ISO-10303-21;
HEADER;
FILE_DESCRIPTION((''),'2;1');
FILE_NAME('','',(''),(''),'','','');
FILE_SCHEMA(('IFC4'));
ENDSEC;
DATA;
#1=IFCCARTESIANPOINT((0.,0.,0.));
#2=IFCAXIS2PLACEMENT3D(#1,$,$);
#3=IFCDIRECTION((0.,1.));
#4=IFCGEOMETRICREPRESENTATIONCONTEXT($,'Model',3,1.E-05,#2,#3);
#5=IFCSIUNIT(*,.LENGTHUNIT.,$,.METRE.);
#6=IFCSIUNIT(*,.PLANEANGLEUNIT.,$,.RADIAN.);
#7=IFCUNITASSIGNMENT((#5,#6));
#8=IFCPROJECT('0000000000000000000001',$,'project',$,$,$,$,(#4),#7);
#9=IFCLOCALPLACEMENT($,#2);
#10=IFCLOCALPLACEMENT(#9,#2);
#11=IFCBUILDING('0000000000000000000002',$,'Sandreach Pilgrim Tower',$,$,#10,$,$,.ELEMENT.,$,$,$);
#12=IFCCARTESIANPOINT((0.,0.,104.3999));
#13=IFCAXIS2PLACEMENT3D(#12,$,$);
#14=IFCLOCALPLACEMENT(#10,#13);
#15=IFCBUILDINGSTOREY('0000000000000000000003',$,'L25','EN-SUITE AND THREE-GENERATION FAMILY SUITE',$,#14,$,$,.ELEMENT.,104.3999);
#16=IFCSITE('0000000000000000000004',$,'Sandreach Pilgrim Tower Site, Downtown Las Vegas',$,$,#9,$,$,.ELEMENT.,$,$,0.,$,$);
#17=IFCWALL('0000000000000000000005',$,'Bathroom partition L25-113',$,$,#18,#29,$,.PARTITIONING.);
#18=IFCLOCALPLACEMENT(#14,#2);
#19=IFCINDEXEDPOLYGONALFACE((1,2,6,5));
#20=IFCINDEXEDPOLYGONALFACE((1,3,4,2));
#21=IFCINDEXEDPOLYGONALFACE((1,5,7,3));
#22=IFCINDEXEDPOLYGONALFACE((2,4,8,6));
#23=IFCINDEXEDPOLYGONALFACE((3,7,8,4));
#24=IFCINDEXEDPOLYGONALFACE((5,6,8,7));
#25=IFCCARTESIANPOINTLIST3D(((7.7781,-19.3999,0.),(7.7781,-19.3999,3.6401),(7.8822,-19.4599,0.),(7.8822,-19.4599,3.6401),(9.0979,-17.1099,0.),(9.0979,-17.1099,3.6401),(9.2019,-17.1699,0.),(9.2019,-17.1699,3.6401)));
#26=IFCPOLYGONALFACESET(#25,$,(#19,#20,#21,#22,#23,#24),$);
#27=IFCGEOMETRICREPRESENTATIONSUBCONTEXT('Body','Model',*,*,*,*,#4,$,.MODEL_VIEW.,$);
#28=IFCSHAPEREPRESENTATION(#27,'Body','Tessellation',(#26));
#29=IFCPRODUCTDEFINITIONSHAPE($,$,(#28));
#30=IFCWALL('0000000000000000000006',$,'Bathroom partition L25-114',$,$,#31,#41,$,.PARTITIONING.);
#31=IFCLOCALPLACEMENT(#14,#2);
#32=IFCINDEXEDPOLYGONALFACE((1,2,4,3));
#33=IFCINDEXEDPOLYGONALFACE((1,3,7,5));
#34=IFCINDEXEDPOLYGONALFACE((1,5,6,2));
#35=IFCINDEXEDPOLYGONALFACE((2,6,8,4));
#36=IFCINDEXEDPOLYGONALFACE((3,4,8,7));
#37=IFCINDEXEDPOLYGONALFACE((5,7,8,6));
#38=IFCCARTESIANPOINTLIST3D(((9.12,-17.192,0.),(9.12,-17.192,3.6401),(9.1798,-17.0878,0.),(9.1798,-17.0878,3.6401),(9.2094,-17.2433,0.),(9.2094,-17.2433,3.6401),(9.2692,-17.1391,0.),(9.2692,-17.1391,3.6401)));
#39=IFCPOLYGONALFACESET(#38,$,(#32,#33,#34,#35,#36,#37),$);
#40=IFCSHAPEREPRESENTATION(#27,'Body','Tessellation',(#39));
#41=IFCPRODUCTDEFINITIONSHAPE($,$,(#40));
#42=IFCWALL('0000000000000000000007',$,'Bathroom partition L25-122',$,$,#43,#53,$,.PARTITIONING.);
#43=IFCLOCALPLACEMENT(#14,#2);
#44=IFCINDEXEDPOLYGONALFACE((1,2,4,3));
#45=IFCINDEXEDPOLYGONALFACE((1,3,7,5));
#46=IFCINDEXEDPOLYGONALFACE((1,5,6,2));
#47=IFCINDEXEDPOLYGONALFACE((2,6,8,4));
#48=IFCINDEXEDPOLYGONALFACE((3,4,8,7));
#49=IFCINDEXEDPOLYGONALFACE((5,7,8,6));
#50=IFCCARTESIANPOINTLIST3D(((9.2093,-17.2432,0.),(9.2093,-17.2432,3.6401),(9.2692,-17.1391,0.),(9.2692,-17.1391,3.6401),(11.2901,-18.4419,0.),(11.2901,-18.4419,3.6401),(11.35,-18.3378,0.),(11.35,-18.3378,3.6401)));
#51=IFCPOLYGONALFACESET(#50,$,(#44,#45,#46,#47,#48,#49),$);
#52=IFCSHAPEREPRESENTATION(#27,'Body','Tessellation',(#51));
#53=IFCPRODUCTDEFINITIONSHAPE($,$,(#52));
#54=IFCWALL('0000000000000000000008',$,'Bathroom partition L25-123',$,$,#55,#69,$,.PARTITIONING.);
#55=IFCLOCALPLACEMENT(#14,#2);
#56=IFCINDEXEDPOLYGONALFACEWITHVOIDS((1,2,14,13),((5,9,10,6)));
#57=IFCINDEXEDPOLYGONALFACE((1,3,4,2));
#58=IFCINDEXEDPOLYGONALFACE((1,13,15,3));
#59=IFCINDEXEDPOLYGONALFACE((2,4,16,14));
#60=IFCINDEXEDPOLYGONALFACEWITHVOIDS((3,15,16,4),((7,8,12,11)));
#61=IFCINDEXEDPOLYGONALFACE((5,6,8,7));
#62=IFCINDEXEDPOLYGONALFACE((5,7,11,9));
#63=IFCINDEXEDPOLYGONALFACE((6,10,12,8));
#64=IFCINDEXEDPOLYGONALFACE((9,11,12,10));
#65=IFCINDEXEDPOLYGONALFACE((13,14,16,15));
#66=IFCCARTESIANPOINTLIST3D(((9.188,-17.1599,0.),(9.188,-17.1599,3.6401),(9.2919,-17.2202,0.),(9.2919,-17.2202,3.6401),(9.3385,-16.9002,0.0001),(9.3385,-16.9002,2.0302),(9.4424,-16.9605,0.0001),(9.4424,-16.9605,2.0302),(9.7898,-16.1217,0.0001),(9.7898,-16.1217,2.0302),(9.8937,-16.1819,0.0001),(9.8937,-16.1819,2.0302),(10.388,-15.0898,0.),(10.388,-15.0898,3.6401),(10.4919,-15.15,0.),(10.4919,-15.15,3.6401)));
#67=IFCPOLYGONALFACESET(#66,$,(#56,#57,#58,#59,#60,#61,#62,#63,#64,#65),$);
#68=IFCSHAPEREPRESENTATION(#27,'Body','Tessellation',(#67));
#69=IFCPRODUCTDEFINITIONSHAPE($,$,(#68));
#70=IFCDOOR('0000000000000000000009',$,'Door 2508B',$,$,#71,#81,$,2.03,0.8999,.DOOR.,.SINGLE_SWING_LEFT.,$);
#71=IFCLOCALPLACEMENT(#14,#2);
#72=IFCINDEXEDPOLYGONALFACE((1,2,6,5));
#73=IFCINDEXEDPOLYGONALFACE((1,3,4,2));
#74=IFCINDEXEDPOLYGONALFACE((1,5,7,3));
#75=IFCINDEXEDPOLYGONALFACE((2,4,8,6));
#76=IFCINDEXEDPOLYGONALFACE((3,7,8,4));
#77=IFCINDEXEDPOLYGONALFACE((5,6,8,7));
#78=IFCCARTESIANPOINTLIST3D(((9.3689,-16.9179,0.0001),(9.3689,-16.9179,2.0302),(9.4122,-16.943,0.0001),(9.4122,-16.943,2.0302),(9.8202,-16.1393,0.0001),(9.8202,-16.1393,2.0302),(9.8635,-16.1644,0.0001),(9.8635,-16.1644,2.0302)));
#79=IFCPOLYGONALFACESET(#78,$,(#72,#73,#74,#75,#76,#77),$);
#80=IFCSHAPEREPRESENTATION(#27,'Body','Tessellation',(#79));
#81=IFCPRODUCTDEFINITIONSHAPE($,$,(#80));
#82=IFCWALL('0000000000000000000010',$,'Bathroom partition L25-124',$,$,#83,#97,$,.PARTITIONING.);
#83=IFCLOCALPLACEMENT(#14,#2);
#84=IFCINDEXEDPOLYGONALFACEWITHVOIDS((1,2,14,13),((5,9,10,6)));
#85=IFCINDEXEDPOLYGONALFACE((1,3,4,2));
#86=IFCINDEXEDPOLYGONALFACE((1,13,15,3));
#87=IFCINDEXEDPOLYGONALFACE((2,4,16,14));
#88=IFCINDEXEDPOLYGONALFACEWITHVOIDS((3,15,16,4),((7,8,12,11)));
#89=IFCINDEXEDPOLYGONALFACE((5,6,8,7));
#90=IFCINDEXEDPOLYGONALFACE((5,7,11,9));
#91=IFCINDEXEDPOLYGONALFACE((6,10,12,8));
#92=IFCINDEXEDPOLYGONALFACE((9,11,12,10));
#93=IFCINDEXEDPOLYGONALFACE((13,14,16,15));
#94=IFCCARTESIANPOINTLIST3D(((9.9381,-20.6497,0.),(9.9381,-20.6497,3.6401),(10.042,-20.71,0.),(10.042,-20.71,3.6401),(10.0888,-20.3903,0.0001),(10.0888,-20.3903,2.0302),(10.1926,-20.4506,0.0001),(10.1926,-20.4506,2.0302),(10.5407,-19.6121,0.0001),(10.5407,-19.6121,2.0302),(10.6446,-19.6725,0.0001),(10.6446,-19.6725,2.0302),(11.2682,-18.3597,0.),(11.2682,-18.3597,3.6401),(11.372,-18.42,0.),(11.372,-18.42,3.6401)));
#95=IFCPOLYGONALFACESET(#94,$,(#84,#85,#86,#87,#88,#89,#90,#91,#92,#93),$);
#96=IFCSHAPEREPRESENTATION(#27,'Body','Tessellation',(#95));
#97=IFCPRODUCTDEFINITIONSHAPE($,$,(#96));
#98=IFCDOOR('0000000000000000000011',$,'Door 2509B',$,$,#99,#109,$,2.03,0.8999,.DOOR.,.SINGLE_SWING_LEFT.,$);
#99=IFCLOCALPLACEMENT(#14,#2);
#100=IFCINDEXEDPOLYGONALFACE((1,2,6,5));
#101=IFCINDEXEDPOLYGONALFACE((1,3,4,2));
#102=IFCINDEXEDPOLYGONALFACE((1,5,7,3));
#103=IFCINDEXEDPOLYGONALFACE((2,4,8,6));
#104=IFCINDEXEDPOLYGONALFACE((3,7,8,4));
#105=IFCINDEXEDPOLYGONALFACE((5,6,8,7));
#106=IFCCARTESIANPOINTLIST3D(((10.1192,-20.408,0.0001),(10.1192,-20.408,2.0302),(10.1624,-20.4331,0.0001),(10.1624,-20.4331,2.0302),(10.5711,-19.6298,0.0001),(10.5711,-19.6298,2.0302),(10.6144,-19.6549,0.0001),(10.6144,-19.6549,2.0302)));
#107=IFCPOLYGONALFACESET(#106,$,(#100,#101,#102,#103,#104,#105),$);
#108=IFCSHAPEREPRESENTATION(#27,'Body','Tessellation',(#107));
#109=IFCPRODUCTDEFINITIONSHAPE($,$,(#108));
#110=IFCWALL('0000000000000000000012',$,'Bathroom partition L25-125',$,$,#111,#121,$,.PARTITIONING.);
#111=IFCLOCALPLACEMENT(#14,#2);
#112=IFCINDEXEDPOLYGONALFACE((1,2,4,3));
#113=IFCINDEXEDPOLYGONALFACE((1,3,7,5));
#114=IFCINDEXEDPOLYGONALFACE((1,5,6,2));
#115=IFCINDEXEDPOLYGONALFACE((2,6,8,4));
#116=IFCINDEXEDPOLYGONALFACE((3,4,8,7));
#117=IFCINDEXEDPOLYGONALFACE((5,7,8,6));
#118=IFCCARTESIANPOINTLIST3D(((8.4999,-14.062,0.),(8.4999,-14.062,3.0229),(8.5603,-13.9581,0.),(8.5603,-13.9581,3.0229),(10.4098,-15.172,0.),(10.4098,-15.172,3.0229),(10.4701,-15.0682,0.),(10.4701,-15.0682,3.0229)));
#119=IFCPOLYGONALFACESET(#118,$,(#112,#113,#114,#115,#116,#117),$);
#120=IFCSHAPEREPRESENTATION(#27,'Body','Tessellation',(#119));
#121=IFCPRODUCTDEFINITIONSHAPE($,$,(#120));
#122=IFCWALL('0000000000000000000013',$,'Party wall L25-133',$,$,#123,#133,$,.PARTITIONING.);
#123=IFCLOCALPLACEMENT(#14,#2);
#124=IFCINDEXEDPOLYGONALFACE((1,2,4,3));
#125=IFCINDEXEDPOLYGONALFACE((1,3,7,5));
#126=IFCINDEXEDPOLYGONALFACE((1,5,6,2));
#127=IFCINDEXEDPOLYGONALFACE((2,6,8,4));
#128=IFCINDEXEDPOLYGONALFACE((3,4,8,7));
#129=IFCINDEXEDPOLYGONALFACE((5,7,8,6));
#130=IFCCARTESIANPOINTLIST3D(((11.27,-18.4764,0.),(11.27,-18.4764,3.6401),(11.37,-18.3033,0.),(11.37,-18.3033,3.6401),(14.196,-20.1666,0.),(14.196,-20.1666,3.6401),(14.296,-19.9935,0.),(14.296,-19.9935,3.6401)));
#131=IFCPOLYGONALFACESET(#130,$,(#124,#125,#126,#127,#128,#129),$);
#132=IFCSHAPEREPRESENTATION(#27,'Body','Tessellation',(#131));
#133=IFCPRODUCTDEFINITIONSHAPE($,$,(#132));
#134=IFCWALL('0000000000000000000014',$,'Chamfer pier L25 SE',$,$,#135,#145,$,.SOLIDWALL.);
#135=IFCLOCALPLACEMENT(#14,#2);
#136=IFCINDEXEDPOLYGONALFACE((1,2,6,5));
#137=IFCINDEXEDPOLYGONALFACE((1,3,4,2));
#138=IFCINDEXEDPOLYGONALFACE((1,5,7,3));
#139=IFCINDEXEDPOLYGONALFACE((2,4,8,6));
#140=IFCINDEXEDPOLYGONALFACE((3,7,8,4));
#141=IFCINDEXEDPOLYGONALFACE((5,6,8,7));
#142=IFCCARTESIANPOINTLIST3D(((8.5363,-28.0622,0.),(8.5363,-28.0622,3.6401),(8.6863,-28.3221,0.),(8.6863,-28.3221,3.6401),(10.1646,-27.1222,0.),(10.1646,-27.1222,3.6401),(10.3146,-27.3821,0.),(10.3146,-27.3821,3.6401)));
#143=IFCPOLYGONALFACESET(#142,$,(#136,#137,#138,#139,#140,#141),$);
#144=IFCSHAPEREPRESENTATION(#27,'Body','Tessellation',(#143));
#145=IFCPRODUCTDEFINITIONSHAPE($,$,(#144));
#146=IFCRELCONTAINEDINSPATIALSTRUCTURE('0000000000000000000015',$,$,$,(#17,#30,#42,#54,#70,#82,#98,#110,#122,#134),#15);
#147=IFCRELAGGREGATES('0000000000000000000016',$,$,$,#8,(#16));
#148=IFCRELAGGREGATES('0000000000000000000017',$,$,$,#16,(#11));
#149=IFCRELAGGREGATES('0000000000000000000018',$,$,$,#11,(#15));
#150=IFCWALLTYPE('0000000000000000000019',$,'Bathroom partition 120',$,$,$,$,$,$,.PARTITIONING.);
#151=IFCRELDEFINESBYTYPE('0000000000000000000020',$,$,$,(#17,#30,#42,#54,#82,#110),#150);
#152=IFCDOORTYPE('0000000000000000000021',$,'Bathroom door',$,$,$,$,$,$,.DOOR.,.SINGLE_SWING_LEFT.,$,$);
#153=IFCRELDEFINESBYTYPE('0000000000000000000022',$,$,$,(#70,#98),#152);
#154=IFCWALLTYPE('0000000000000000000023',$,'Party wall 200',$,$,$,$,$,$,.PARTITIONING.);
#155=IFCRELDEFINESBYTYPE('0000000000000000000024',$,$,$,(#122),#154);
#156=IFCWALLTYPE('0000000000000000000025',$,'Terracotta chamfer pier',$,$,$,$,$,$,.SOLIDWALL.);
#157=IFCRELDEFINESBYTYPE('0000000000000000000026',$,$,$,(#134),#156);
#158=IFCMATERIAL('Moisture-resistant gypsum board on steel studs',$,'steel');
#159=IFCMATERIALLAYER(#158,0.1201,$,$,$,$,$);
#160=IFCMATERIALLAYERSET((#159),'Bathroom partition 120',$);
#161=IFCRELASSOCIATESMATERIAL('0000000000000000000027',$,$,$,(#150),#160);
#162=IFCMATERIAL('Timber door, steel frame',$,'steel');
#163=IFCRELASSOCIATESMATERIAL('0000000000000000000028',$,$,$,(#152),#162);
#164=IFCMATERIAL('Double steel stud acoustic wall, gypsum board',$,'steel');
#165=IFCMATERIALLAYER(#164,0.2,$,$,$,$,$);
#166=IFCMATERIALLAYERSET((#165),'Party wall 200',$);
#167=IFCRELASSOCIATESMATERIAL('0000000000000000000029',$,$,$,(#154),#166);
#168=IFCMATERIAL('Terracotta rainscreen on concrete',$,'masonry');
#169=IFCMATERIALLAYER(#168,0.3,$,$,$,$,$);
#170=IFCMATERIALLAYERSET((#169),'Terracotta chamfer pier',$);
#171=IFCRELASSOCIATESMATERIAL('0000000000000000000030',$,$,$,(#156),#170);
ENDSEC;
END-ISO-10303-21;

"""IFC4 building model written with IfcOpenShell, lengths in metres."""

from ifc_helpers import new_model, si_unit, direction, frame, frame_2d, origin, place, context, subcontext, project, spatial, rectangle, extrude, material, layer, layer_set, type_object, element, fill, save


model = new_model("IFC4")

# Units and contexts
model_context = context("Model", 3, precision=1e-05, world=origin(), true_north=direction((0.0, 1.0)))
body_context = subcontext(model_context, "Body", "Model", "MODEL_VIEW")
ifc_project = project(units=[si_unit("LENGTHUNIT", "METRE"), si_unit("PLANEANGLEUNIT", "RADIAN")], contexts=[model_context])

# Site, building, storey
site_placement = place(None, origin())
site = spatial("IfcSite", under=ifc_project, at=site_placement, Name="Sandreach Pilgrim Tower Site, Downtown Las Vegas", CompositionType="ELEMENT", RefElevation=0.0)
building_placement = place(site_placement, origin())
building = spatial("IfcBuilding", under=site, at=building_placement, Name="Sandreach Pilgrim Tower", CompositionType="ELEMENT")
storey_placement = place(building_placement, frame((0.0, 0.0, 104.3999)))
storey = spatial("IfcBuildingStorey", under=building, at=storey_placement, Name="L25", Description="EN-SUITE AND THREE-GENERATION FAMILY SUITE", CompositionType="ELEMENT", Elevation=104.3999)

# Walls
ifc_material_1 = material(Name="Moisture-resistant gypsum board on steel studs", Category="steel")
ifc_layer_1 = layer(ifc_material_1, 0.1201)
ifc_layer_set_1 = layer_set([ifc_layer_1], Name="Bathroom partition 120")
wall_type_1 = type_object("IfcWallType", Name="Bathroom partition 120", PredefinedType="PARTITIONING", material=ifc_layer_set_1)
wall_1_placement = place(storey_placement, frame((9.1499, -17.1399, 0.0), z_axis=(0.0, 0.0, 1.0), x_axis=(-0.499339, -0.866407, 0.0)))
element("IfcWall", 1, at=wall_1_placement, inside=storey, type_object=wall_type_1, Name="Bathroom partition L25-113", PredefinedType="PARTITIONING", context=body_context, shape_type="SweptSolid", body=[
    extrude(rectangle(XDim=2.6431, YDim=0.1201, at=frame_2d((1.3215, 0.0))), origin(), (0.0, 0.0, 1.0), 3.6401),
])
wall_2_placement = place(storey_placement, frame((9.1499, -17.1399, 0.0), z_axis=(0.0, 0.0, 1.0), x_axis=(0.867367, -0.497669, 0.0)))
element("IfcWall", 2, at=wall_2_placement, inside=storey, type_object=wall_type_1, Name="Bathroom partition L25-114", PredefinedType="PARTITIONING", context=body_context, shape_type="SweptSolid", body=[
    extrude(rectangle(XDim=0.103, YDim=0.1201, at=frame_2d((0.0515, 0.0))), origin(), (0.0, 0.0, 1.0), 3.6401),
])
wall_3_placement = place(storey_placement, frame((9.2393, -17.1912, 0.0), z_axis=(0.0, 0.0, 1.0), x_axis=(0.866499, -0.49918, 0.0)))
element("IfcWall", 3, at=wall_3_placement, inside=storey, type_object=wall_type_1, Name="Bathroom partition L25-122", PredefinedType="PARTITIONING", context=body_context, shape_type="SweptSolid", body=[
    extrude(rectangle(XDim=2.4014, YDim=0.1201, at=frame_2d((1.2007, 0.0))), origin(), (0.0, 0.0, 1.0), 3.6401),
])

# Walls, openings, doors
wall_4_placement = place(storey_placement, frame((9.24, -17.1899, 0.0), z_axis=(0.0, 0.0, 1.0), x_axis=(0.501503, 0.865156, 0.0)))
wall_4 = element("IfcWall", 4, at=wall_4_placement, inside=storey, type_object=wall_type_1, Name="Bathroom partition L25-123", PredefinedType="PARTITIONING", context=body_context, shape_type="SweptSolid", body=[
    extrude(rectangle(XDim=2.3928, YDim=0.1201, at=frame_2d((1.1963, 0.0))), origin(), (0.0, 0.0, 1.0), 3.6401),
])
opening_1_placement = place(wall_4_placement, frame((0.3, 0.0, 0.0)))
opening_1 = element("IfcOpeningElement", 5, at=opening_1_placement, cuts=wall_4, PredefinedType="OPENING", context=body_context, shape_type="SweptSolid", body=[
    extrude(rectangle(XDim=0.8999, YDim=2.03, at=frame_2d((0.45, 1.0151))), frame((0.0, 0.0601, 0.0), z_axis=(0.0, -1.0, 0.0), x_axis=(1.0, 0.0, 0.0)), (0.0, 0.0, 1.0), 0.1201),
])
ifc_material_2 = material(Name="Timber door, steel frame", Category="steel")
door_type = type_object("IfcDoorType", Name="Bathroom door", OperationType="SINGLE_SWING_LEFT", PredefinedType="DOOR", material=ifc_material_2)
door_1_placement = place(opening_1_placement, origin())
door_1 = element("IfcDoor", 6, at=door_1_placement, inside=storey, type_object=door_type, Name="Door 2508B", OperationType="SINGLE_SWING_LEFT", OverallHeight=2.03, OverallWidth=0.8999, PredefinedType="DOOR", context=body_context, shape_type="SweptSolid", body=[
    extrude(rectangle(XDim=0.8999, YDim=2.03, at=frame_2d((0.45, 1.0151))), frame((0.0, 0.0249, 0.0), z_axis=(0.0, -1.0, 0.0), x_axis=(1.0, 0.0, 0.0)), (0.0, 0.0, 1.0), 0.05),
])
fill(opening_1, door_1)
wall_5_placement = place(storey_placement, frame((9.99, -20.6799, 0.0), z_axis=(0.0, 0.0, 1.0), x_axis=(0.502242, 0.864727, 0.0)))
wall_5 = element("IfcWall", 7, at=wall_5_placement, inside=storey, type_object=wall_type_1, Name="Bathroom partition L25-124", PredefinedType="PARTITIONING", context=body_context, shape_type="SweptSolid", body=[
    extrude(rectangle(XDim=2.6482, YDim=0.1201, at=frame_2d((1.3242, 0.0))), origin(), (0.0, 0.0, 1.0), 3.6401),
])
opening_2_placement = place(wall_5_placement, frame((0.3, 0.0, 0.0)))
opening_2 = element("IfcOpeningElement", 8, at=opening_2_placement, cuts=wall_5, PredefinedType="OPENING", context=body_context, shape_type="SweptSolid", body=[
    extrude(rectangle(XDim=0.8999, YDim=2.03, at=frame_2d((0.45, 1.0151))), frame((0.0, 0.0601, 0.0), z_axis=(0.0, -1.0, 0.0), x_axis=(1.0, 0.0, 0.0)), (0.0, 0.0, 1.0), 0.1201),
])
door_2_placement = place(opening_2_placement, origin())
door_2 = element("IfcDoor", 9, at=door_2_placement, inside=storey, type_object=door_type, Name="Door 2509B", OperationType="SINGLE_SWING_LEFT", OverallHeight=2.03, OverallWidth=0.8999, PredefinedType="DOOR", context=body_context, shape_type="SweptSolid", body=[
    extrude(rectangle(XDim=0.8999, YDim=2.03, at=frame_2d((0.45, 1.0151))), frame((0.0, 0.0249, 0.0), z_axis=(0.0, -1.0, 0.0), x_axis=(1.0, 0.0, 0.0)), (0.0, 0.0, 1.0), 0.05),
])
fill(opening_2, door_2)

# Walls
wall_6_placement = place(storey_placement, frame((10.4399, -15.1201, 0.0), z_axis=(0.0, 0.0, 1.0), x_axis=(-0.864567, 0.502517, 0.0)))
element("IfcWall", 10, at=wall_6_placement, inside=storey, type_object=wall_type_1, Name="Bathroom partition L25-125", PredefinedType="PARTITIONING", context=body_context, shape_type="SweptSolid", body=[
    extrude(rectangle(XDim=2.209, YDim=0.1201, at=frame_2d((1.1045, 0.0))), origin(), (0.0, 0.0, 1.0), 3.0229),
])
ifc_material_3 = material(Name="Double steel stud acoustic wall, gypsum board", Category="steel")
ifc_layer_2 = layer(ifc_material_3, 0.2)
ifc_layer_set_2 = layer_set([ifc_layer_2], Name="Party wall 200")
wall_type_2 = type_object("IfcWallType", Name="Party wall 200", PredefinedType="PARTITIONING", material=ifc_layer_set_2)
wall_7_placement = place(storey_placement, frame((11.3201, -18.3899, 0.0), z_axis=(0.0, 0.0, 1.0), x_axis=(0.865917, -0.500187, 0.0)))
element("IfcWall", 11, at=wall_7_placement, inside=storey, type_object=wall_type_2, Name="Party wall L25-133", PredefinedType="PARTITIONING", context=body_context, shape_type="SweptSolid", body=[
    extrude(rectangle(XDim=3.3792, YDim=0.2, at=frame_2d((1.6895, 0.0))), origin(), (0.0, 0.0, 1.0), 3.6401),
])
ifc_material_4 = material(Name="Terracotta rainscreen on concrete", Category="masonry")
ifc_layer_3 = layer(ifc_material_4, 0.3)
ifc_layer_set_3 = layer_set([ifc_layer_3], Name="Terracotta chamfer pier")
wall_type_3 = type_object("IfcWallType", Name="Terracotta chamfer pier", PredefinedType="SOLIDWALL", material=ifc_layer_set_3)
wall_8_placement = place(storey_placement, frame((10.2395, -27.2522, 0.0), z_axis=(0.0, 0.0, 1.0), x_axis=(-0.866045, -0.499966, 0.0)))
element("IfcWall", 12, at=wall_8_placement, inside=storey, type_object=wall_type_3, Name="Chamfer pier L25 SE", PredefinedType="SOLIDWALL", context=body_context, shape_type="SweptSolid", body=[
    extrude(rectangle(XDim=1.8801, YDim=0.3, at=frame_2d((0.9399, 0.0))), origin(), (0.0, 0.0, 1.0), 3.6401),
])

save(model, "model.ifc")
